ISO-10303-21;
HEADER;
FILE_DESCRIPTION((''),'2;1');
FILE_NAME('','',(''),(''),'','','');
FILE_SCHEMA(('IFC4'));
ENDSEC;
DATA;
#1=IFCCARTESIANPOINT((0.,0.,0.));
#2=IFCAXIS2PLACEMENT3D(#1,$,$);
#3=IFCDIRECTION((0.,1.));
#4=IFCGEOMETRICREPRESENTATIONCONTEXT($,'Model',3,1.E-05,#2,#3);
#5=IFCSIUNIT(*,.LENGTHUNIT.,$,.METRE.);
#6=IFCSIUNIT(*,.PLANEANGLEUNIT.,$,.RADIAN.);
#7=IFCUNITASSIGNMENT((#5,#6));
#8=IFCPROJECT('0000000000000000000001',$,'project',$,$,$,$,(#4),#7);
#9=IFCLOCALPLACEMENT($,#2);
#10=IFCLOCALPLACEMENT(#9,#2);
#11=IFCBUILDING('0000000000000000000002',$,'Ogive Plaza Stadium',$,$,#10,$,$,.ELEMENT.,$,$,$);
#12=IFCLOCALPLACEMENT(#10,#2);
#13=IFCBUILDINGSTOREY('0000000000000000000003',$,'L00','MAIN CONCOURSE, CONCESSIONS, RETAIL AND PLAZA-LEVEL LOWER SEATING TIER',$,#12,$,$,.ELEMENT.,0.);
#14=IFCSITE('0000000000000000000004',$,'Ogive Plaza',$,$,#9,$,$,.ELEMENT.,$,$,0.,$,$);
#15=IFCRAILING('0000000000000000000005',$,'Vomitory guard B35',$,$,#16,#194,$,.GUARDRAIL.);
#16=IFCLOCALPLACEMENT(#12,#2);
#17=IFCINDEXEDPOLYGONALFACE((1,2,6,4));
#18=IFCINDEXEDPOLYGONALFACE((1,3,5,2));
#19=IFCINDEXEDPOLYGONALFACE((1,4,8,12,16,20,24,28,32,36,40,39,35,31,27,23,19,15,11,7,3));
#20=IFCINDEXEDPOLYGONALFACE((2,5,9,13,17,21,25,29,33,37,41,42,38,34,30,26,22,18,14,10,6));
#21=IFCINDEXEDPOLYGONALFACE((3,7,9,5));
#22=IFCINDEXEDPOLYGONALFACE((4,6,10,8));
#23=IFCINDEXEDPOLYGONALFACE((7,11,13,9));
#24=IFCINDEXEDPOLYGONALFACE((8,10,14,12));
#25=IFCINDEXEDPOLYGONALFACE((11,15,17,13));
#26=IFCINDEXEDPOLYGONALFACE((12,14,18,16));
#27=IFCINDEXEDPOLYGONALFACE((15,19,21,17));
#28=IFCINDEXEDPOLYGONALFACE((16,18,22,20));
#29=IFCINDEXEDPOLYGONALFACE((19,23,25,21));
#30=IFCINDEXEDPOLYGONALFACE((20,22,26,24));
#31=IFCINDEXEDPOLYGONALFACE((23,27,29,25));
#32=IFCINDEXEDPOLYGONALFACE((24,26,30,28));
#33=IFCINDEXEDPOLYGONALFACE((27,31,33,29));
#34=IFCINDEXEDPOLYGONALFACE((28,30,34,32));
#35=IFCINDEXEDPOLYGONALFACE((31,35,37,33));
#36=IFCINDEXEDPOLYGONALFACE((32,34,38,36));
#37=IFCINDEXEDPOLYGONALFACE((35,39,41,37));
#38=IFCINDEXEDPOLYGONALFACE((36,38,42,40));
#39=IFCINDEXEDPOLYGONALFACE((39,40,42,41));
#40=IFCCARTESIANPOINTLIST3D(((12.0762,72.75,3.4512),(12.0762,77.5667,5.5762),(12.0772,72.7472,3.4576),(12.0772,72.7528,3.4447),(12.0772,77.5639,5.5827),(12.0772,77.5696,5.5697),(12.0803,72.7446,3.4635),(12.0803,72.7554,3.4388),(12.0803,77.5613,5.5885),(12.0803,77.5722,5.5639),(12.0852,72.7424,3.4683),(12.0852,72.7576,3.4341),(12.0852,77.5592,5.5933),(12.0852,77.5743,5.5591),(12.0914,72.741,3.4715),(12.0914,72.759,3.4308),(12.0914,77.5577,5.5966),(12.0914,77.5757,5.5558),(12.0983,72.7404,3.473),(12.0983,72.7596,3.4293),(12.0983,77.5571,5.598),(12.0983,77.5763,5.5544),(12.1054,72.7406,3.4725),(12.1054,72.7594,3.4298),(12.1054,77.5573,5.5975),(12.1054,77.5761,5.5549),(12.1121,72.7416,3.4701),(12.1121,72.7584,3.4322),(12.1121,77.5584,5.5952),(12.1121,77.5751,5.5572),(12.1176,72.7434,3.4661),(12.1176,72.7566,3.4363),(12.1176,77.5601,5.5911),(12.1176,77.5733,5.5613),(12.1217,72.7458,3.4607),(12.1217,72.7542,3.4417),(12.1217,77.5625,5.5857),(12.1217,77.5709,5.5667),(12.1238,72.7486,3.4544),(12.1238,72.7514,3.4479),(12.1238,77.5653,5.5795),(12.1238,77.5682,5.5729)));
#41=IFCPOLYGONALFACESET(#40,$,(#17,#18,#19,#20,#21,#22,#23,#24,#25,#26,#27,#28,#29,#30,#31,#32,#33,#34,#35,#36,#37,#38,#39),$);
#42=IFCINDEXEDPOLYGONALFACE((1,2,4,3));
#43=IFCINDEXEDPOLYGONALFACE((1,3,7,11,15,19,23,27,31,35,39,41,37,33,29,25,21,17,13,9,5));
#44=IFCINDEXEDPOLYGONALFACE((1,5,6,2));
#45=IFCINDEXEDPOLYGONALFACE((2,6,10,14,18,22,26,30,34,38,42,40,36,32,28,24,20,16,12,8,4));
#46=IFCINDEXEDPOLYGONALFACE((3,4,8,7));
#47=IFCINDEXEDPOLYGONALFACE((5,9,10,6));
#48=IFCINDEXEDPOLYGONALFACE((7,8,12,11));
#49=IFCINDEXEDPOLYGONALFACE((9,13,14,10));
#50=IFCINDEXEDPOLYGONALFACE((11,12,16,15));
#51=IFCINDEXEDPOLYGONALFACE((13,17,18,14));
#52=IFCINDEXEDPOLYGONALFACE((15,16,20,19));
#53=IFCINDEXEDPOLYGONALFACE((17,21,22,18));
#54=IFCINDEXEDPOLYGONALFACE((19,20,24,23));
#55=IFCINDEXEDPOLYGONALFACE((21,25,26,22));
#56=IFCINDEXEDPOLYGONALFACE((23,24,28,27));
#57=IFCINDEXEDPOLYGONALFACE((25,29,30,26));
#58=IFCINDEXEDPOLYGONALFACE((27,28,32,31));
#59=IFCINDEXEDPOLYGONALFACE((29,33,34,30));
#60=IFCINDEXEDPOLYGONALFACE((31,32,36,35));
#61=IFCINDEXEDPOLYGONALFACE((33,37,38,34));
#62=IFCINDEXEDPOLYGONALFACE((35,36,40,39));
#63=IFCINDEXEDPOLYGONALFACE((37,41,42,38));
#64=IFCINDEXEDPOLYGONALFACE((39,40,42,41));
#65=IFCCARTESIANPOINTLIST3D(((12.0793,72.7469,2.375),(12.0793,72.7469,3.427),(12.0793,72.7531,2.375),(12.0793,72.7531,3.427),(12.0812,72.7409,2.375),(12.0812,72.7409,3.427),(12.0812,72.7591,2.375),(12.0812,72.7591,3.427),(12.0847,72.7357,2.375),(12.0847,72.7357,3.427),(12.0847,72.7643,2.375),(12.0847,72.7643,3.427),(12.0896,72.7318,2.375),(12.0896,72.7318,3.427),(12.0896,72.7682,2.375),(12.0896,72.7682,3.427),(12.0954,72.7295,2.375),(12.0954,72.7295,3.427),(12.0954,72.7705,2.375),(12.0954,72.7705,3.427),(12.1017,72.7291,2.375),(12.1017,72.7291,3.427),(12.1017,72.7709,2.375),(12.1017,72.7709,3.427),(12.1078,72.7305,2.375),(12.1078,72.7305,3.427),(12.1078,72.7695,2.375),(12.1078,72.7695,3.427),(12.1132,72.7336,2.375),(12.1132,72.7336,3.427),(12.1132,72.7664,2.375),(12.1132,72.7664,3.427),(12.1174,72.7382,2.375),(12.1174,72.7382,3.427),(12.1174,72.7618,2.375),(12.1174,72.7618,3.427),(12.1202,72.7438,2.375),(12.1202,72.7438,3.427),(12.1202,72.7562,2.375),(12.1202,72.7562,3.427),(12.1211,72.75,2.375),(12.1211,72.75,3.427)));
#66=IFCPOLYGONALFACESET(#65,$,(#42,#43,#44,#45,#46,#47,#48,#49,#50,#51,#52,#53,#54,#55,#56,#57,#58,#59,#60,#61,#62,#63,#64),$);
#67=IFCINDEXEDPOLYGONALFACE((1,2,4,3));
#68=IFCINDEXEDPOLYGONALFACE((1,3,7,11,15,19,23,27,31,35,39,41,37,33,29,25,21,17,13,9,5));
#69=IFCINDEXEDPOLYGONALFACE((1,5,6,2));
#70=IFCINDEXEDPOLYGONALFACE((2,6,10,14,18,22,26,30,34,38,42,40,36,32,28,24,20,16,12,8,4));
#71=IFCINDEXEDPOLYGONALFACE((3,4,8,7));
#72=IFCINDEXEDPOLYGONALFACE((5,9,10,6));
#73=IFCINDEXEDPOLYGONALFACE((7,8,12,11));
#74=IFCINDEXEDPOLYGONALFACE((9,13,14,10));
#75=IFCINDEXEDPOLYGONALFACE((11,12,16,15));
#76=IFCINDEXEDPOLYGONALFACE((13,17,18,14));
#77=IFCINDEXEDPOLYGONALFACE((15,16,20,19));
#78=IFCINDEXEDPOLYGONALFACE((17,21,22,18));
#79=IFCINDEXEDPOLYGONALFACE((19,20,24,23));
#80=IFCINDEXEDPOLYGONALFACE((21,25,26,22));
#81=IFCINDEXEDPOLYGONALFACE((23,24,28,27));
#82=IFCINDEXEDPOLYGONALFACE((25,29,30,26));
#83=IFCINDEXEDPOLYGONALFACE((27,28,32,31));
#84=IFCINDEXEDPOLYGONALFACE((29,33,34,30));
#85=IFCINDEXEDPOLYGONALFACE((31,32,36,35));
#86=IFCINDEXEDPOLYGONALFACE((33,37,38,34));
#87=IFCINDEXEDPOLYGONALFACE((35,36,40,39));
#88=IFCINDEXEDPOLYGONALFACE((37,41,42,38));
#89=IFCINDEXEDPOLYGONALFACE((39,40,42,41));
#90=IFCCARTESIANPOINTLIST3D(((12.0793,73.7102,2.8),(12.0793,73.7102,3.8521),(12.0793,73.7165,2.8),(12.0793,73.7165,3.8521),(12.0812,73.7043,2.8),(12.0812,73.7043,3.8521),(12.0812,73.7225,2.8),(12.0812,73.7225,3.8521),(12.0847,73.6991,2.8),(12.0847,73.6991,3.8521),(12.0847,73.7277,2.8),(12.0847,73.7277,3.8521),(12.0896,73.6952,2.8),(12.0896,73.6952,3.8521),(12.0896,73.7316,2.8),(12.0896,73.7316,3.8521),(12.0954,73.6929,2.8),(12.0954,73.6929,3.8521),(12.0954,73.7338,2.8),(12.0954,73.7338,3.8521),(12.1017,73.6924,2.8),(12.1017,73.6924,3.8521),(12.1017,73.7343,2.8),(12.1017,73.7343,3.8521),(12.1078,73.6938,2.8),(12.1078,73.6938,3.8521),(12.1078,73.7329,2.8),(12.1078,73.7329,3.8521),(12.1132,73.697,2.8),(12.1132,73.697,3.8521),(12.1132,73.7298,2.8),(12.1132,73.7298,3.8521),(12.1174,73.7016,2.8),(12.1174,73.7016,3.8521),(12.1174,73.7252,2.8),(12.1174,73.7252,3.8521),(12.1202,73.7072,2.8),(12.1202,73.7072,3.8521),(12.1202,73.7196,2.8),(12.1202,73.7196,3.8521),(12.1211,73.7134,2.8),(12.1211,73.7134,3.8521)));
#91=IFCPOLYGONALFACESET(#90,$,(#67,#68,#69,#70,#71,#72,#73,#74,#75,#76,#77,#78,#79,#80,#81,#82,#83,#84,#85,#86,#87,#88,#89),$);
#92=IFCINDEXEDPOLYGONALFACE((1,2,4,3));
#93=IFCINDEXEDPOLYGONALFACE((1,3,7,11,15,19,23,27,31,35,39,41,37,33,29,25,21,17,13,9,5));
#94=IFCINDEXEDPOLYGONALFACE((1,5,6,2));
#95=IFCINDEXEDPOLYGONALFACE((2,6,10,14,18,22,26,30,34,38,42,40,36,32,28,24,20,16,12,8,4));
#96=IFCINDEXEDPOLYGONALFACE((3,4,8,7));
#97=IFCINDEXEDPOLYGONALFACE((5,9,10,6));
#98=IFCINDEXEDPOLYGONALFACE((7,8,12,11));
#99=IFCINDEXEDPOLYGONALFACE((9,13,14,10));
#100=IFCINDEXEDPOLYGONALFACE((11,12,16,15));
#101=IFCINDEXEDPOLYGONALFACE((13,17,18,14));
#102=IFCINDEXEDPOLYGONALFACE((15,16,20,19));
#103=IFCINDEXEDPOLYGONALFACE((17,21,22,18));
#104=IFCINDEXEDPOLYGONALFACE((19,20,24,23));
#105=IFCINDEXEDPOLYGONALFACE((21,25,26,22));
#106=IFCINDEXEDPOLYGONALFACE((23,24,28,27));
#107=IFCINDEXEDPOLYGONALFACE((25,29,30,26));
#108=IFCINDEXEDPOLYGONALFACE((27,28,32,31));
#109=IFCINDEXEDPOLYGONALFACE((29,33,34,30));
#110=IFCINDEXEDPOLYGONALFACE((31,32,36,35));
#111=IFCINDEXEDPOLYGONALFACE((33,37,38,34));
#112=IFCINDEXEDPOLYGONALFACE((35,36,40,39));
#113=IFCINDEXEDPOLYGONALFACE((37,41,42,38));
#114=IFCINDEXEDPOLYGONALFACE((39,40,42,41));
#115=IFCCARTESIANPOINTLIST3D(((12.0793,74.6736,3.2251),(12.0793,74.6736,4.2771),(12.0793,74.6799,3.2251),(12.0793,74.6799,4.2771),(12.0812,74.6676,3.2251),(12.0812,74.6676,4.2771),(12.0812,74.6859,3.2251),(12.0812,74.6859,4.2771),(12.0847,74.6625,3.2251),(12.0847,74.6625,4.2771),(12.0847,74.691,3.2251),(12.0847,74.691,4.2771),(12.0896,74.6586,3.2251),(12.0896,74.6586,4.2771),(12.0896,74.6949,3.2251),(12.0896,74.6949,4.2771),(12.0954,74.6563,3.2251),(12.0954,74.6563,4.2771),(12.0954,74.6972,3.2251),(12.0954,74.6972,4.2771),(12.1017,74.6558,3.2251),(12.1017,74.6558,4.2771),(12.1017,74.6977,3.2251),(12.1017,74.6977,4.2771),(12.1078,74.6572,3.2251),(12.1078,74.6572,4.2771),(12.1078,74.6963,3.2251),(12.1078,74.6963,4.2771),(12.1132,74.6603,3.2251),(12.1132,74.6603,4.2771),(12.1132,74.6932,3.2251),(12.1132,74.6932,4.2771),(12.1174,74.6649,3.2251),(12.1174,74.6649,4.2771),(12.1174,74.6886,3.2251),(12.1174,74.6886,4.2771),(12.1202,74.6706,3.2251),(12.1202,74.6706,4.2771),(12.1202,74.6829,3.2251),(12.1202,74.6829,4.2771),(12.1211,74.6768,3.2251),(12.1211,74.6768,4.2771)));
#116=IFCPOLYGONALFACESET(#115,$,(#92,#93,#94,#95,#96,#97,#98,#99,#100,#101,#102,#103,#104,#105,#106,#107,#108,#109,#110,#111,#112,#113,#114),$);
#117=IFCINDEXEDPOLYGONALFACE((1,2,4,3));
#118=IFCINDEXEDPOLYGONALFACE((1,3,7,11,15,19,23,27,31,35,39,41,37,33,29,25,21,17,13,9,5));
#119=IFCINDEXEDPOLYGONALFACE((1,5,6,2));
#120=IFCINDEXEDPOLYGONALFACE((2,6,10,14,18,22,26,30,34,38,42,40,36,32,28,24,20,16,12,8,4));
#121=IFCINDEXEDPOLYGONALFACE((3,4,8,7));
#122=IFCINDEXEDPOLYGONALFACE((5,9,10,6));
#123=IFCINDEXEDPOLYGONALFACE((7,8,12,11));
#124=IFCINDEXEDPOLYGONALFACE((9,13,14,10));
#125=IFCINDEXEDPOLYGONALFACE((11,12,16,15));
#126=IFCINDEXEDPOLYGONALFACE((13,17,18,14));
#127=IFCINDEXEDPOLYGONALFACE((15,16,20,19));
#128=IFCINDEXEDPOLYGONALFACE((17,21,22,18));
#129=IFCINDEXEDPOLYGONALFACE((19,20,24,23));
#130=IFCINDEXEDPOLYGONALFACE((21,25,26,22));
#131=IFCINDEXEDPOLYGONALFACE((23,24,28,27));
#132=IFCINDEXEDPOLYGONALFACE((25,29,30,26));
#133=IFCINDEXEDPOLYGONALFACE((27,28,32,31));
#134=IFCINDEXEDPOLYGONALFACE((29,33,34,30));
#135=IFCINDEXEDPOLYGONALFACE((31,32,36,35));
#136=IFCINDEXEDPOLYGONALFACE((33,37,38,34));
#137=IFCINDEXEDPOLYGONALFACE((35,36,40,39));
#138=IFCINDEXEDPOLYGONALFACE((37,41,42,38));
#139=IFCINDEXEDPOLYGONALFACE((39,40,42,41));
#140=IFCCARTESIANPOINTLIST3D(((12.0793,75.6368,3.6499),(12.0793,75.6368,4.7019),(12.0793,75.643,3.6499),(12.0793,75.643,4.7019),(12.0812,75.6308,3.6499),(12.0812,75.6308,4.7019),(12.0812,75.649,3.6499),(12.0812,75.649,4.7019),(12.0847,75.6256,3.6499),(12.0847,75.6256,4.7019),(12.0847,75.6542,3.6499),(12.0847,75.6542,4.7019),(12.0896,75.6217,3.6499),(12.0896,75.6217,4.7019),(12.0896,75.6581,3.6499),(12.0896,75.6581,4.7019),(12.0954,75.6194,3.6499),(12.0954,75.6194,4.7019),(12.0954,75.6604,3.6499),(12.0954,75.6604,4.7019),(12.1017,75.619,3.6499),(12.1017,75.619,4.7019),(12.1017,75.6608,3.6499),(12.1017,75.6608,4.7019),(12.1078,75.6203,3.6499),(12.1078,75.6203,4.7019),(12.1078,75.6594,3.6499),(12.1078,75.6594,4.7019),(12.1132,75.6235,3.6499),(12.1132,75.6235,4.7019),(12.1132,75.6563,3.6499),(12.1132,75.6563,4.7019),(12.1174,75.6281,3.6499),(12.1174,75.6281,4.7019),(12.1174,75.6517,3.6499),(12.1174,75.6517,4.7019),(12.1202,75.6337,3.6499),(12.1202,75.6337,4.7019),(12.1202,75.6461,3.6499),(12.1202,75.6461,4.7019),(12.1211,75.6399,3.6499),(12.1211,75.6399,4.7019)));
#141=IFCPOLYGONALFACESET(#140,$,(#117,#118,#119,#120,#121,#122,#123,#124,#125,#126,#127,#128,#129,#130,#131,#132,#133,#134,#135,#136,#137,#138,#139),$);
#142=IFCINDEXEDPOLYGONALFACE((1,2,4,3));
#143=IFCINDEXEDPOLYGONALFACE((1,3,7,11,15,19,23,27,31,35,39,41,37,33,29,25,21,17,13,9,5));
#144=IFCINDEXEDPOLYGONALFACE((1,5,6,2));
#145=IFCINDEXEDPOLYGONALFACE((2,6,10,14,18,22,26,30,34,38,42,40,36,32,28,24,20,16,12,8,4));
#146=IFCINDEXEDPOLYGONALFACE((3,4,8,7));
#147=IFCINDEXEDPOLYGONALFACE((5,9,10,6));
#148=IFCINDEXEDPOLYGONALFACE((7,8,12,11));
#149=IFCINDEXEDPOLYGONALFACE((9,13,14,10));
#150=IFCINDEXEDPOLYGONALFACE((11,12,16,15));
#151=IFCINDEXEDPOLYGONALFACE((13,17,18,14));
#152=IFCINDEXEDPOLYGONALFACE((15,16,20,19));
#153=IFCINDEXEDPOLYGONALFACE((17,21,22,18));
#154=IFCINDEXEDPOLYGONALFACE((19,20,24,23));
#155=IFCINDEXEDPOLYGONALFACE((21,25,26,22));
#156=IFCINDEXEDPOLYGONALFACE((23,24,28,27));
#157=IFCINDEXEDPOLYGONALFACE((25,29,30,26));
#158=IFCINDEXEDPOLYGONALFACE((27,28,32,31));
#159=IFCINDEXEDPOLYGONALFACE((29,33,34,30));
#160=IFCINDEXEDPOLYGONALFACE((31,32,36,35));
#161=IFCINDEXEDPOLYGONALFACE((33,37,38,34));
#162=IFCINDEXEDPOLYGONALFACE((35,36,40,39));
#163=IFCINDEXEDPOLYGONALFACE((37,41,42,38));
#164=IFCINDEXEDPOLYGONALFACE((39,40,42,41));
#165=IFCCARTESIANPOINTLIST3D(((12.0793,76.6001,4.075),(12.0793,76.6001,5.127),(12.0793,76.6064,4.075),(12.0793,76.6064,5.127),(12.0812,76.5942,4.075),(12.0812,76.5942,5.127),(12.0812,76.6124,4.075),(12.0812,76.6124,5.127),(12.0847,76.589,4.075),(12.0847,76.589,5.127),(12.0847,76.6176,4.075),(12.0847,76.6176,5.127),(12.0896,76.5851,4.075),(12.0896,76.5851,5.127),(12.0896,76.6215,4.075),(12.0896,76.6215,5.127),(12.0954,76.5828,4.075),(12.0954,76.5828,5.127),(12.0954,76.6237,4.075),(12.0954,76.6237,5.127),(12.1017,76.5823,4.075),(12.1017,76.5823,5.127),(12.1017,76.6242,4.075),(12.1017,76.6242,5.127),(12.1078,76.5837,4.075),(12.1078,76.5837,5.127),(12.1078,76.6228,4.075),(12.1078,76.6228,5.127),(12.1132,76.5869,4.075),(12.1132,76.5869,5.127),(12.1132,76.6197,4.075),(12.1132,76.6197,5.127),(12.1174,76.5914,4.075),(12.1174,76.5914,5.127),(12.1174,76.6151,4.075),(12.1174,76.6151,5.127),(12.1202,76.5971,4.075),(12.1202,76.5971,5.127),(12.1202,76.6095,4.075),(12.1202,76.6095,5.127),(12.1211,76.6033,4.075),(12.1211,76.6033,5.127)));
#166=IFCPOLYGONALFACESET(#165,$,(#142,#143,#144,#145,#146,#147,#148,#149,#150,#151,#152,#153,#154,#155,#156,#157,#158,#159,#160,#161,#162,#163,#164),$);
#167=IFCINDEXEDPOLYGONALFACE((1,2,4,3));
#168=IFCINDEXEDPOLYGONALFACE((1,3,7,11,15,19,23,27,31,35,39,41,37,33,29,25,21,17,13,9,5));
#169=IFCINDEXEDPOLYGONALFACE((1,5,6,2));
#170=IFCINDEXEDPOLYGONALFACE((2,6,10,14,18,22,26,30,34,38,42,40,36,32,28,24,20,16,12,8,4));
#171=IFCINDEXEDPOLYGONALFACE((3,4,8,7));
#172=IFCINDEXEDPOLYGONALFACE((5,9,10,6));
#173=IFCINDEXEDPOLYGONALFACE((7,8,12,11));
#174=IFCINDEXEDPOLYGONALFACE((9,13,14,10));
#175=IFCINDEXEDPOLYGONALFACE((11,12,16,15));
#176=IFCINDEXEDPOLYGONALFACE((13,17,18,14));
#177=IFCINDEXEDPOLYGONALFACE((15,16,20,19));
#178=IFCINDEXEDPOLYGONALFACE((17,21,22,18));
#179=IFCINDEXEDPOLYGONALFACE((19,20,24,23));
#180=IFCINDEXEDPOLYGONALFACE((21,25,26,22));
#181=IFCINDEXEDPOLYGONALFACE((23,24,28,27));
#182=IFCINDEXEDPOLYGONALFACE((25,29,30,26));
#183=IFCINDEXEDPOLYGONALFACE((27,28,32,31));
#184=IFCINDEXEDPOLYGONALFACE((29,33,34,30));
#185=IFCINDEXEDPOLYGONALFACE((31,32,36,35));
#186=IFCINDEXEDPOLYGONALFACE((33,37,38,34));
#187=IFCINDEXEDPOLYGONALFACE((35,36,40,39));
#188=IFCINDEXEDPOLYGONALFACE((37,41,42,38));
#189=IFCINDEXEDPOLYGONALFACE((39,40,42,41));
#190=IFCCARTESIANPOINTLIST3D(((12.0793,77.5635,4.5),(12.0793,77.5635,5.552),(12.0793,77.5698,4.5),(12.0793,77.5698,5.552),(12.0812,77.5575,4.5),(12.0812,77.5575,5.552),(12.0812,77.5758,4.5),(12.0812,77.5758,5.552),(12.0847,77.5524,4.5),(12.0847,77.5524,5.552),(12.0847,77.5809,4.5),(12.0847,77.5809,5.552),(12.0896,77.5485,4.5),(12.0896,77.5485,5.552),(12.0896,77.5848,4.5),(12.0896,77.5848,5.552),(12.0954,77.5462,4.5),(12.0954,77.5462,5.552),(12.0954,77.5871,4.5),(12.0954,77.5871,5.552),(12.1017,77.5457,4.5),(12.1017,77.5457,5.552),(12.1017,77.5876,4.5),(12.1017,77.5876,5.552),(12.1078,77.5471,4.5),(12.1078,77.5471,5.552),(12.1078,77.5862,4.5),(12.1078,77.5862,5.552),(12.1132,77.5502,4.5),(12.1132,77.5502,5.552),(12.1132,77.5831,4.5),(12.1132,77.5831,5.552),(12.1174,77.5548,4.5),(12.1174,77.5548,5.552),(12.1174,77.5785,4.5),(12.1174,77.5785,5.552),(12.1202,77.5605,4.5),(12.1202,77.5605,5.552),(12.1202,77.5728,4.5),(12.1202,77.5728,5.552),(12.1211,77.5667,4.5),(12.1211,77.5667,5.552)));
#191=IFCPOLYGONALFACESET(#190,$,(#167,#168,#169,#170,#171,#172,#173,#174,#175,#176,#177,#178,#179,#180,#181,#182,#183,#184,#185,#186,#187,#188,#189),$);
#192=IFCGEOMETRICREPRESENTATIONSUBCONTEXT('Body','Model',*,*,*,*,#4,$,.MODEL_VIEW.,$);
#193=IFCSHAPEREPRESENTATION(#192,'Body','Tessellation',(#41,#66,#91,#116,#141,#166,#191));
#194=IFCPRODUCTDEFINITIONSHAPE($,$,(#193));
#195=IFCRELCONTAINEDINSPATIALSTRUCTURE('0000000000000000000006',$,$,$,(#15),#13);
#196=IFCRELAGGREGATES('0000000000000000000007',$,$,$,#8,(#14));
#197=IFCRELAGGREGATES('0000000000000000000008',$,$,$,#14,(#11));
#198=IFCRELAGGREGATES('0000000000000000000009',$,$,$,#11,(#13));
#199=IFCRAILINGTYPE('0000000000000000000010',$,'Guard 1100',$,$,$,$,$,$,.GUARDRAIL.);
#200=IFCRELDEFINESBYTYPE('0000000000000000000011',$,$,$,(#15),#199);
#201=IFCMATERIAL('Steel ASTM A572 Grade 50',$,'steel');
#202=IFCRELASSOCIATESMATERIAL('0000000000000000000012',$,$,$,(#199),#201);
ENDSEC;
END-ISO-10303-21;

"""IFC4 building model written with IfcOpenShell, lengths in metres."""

from ifc_helpers import new_model, si_unit, direction, frame, origin, origin_2d, place, context, subcontext, project, spatial, circle, extrude, material, type_object, element, save


model = new_model("IFC4")

# Units and contexts
model_context = context("Model", 3, precision=1e-05, world=origin(), true_north=direction((0.0, 1.0)))
body_context = subcontext(model_context, "Body", "Model", "MODEL_VIEW")
ifc_project = project(units=[si_unit("LENGTHUNIT", "METRE"), si_unit("PLANEANGLEUNIT", "RADIAN")], contexts=[model_context])

# Site, building, storey
site_placement = place(None, origin())
site = spatial("IfcSite", under=ifc_project, at=site_placement, Name="Ogive Plaza", CompositionType="ELEMENT", RefElevation=0.0)
building_placement = place(site_placement, origin())
building = spatial("IfcBuilding", under=site, at=building_placement, Name="Ogive Plaza Stadium", CompositionType="ELEMENT")
storey_placement = place(building_placement, origin())
storey = spatial("IfcBuildingStorey", under=building, at=storey_placement, Name="L00", Description="MAIN CONCOURSE, CONCESSIONS, RETAIL AND PLAZA-LEVEL LOWER SEATING TIER", CompositionType="ELEMENT", Elevation=0.0)

# Railing
ifc_material_1 = material(Name="Steel ASTM A572 Grade 50", Category="steel")
railing_type = type_object("IfcRailingType", Name="Guard 1100", PredefinedType="GUARDRAIL", material=ifc_material_1)
for number, where, name in (
    (1, (12.1001, 72.75, 2.375), "Vomitory guard B35"),
):
    element("IfcRailing", number, at=place(storey_placement, frame(where)), inside=storey, type_object=railing_type, Name=name, PredefinedType="GUARDRAIL", context=body_context, shape_type="SweptSolid", body=[
        extrude(circle(Radius=0.0239, at=origin_2d()), frame((0.0, 0.0, 1.0762), z_axis=(0.0, 0.914917, 0.403641), x_axis=(-1.0, 0.0, 0.0)), (0.0, 0.0, 1.0), 5.2646),
        extrude(circle(Radius=0.021, at=origin_2d()), origin(), (0.0, 0.0, 1.0), 1.052),
        extrude(circle(Radius=0.021, at=origin_2d()), frame((0.0, 0.9634, 0.425)), (0.0, 0.0, 1.0), 1.052),
        extrude(circle(Radius=0.021, at=origin_2d()), frame((0.0, 1.9268, 0.8501)), (0.0, 0.0, 1.0), 1.052),
        extrude(circle(Radius=0.021, at=origin_2d()), frame((0.0, 2.8899, 1.2749)), (0.0, 0.0, 1.0), 1.052),
        extrude(circle(Radius=0.021, at=origin_2d()), frame((0.0, 3.8533, 1.7)), (0.0, 0.0, 1.0), 1.052),
        extrude(circle(Radius=0.021, at=origin_2d()), frame((0.0, 4.8167, 2.125)), (0.0, 0.0, 1.0), 1.052),
    ])

save(model, "model.ifc")
